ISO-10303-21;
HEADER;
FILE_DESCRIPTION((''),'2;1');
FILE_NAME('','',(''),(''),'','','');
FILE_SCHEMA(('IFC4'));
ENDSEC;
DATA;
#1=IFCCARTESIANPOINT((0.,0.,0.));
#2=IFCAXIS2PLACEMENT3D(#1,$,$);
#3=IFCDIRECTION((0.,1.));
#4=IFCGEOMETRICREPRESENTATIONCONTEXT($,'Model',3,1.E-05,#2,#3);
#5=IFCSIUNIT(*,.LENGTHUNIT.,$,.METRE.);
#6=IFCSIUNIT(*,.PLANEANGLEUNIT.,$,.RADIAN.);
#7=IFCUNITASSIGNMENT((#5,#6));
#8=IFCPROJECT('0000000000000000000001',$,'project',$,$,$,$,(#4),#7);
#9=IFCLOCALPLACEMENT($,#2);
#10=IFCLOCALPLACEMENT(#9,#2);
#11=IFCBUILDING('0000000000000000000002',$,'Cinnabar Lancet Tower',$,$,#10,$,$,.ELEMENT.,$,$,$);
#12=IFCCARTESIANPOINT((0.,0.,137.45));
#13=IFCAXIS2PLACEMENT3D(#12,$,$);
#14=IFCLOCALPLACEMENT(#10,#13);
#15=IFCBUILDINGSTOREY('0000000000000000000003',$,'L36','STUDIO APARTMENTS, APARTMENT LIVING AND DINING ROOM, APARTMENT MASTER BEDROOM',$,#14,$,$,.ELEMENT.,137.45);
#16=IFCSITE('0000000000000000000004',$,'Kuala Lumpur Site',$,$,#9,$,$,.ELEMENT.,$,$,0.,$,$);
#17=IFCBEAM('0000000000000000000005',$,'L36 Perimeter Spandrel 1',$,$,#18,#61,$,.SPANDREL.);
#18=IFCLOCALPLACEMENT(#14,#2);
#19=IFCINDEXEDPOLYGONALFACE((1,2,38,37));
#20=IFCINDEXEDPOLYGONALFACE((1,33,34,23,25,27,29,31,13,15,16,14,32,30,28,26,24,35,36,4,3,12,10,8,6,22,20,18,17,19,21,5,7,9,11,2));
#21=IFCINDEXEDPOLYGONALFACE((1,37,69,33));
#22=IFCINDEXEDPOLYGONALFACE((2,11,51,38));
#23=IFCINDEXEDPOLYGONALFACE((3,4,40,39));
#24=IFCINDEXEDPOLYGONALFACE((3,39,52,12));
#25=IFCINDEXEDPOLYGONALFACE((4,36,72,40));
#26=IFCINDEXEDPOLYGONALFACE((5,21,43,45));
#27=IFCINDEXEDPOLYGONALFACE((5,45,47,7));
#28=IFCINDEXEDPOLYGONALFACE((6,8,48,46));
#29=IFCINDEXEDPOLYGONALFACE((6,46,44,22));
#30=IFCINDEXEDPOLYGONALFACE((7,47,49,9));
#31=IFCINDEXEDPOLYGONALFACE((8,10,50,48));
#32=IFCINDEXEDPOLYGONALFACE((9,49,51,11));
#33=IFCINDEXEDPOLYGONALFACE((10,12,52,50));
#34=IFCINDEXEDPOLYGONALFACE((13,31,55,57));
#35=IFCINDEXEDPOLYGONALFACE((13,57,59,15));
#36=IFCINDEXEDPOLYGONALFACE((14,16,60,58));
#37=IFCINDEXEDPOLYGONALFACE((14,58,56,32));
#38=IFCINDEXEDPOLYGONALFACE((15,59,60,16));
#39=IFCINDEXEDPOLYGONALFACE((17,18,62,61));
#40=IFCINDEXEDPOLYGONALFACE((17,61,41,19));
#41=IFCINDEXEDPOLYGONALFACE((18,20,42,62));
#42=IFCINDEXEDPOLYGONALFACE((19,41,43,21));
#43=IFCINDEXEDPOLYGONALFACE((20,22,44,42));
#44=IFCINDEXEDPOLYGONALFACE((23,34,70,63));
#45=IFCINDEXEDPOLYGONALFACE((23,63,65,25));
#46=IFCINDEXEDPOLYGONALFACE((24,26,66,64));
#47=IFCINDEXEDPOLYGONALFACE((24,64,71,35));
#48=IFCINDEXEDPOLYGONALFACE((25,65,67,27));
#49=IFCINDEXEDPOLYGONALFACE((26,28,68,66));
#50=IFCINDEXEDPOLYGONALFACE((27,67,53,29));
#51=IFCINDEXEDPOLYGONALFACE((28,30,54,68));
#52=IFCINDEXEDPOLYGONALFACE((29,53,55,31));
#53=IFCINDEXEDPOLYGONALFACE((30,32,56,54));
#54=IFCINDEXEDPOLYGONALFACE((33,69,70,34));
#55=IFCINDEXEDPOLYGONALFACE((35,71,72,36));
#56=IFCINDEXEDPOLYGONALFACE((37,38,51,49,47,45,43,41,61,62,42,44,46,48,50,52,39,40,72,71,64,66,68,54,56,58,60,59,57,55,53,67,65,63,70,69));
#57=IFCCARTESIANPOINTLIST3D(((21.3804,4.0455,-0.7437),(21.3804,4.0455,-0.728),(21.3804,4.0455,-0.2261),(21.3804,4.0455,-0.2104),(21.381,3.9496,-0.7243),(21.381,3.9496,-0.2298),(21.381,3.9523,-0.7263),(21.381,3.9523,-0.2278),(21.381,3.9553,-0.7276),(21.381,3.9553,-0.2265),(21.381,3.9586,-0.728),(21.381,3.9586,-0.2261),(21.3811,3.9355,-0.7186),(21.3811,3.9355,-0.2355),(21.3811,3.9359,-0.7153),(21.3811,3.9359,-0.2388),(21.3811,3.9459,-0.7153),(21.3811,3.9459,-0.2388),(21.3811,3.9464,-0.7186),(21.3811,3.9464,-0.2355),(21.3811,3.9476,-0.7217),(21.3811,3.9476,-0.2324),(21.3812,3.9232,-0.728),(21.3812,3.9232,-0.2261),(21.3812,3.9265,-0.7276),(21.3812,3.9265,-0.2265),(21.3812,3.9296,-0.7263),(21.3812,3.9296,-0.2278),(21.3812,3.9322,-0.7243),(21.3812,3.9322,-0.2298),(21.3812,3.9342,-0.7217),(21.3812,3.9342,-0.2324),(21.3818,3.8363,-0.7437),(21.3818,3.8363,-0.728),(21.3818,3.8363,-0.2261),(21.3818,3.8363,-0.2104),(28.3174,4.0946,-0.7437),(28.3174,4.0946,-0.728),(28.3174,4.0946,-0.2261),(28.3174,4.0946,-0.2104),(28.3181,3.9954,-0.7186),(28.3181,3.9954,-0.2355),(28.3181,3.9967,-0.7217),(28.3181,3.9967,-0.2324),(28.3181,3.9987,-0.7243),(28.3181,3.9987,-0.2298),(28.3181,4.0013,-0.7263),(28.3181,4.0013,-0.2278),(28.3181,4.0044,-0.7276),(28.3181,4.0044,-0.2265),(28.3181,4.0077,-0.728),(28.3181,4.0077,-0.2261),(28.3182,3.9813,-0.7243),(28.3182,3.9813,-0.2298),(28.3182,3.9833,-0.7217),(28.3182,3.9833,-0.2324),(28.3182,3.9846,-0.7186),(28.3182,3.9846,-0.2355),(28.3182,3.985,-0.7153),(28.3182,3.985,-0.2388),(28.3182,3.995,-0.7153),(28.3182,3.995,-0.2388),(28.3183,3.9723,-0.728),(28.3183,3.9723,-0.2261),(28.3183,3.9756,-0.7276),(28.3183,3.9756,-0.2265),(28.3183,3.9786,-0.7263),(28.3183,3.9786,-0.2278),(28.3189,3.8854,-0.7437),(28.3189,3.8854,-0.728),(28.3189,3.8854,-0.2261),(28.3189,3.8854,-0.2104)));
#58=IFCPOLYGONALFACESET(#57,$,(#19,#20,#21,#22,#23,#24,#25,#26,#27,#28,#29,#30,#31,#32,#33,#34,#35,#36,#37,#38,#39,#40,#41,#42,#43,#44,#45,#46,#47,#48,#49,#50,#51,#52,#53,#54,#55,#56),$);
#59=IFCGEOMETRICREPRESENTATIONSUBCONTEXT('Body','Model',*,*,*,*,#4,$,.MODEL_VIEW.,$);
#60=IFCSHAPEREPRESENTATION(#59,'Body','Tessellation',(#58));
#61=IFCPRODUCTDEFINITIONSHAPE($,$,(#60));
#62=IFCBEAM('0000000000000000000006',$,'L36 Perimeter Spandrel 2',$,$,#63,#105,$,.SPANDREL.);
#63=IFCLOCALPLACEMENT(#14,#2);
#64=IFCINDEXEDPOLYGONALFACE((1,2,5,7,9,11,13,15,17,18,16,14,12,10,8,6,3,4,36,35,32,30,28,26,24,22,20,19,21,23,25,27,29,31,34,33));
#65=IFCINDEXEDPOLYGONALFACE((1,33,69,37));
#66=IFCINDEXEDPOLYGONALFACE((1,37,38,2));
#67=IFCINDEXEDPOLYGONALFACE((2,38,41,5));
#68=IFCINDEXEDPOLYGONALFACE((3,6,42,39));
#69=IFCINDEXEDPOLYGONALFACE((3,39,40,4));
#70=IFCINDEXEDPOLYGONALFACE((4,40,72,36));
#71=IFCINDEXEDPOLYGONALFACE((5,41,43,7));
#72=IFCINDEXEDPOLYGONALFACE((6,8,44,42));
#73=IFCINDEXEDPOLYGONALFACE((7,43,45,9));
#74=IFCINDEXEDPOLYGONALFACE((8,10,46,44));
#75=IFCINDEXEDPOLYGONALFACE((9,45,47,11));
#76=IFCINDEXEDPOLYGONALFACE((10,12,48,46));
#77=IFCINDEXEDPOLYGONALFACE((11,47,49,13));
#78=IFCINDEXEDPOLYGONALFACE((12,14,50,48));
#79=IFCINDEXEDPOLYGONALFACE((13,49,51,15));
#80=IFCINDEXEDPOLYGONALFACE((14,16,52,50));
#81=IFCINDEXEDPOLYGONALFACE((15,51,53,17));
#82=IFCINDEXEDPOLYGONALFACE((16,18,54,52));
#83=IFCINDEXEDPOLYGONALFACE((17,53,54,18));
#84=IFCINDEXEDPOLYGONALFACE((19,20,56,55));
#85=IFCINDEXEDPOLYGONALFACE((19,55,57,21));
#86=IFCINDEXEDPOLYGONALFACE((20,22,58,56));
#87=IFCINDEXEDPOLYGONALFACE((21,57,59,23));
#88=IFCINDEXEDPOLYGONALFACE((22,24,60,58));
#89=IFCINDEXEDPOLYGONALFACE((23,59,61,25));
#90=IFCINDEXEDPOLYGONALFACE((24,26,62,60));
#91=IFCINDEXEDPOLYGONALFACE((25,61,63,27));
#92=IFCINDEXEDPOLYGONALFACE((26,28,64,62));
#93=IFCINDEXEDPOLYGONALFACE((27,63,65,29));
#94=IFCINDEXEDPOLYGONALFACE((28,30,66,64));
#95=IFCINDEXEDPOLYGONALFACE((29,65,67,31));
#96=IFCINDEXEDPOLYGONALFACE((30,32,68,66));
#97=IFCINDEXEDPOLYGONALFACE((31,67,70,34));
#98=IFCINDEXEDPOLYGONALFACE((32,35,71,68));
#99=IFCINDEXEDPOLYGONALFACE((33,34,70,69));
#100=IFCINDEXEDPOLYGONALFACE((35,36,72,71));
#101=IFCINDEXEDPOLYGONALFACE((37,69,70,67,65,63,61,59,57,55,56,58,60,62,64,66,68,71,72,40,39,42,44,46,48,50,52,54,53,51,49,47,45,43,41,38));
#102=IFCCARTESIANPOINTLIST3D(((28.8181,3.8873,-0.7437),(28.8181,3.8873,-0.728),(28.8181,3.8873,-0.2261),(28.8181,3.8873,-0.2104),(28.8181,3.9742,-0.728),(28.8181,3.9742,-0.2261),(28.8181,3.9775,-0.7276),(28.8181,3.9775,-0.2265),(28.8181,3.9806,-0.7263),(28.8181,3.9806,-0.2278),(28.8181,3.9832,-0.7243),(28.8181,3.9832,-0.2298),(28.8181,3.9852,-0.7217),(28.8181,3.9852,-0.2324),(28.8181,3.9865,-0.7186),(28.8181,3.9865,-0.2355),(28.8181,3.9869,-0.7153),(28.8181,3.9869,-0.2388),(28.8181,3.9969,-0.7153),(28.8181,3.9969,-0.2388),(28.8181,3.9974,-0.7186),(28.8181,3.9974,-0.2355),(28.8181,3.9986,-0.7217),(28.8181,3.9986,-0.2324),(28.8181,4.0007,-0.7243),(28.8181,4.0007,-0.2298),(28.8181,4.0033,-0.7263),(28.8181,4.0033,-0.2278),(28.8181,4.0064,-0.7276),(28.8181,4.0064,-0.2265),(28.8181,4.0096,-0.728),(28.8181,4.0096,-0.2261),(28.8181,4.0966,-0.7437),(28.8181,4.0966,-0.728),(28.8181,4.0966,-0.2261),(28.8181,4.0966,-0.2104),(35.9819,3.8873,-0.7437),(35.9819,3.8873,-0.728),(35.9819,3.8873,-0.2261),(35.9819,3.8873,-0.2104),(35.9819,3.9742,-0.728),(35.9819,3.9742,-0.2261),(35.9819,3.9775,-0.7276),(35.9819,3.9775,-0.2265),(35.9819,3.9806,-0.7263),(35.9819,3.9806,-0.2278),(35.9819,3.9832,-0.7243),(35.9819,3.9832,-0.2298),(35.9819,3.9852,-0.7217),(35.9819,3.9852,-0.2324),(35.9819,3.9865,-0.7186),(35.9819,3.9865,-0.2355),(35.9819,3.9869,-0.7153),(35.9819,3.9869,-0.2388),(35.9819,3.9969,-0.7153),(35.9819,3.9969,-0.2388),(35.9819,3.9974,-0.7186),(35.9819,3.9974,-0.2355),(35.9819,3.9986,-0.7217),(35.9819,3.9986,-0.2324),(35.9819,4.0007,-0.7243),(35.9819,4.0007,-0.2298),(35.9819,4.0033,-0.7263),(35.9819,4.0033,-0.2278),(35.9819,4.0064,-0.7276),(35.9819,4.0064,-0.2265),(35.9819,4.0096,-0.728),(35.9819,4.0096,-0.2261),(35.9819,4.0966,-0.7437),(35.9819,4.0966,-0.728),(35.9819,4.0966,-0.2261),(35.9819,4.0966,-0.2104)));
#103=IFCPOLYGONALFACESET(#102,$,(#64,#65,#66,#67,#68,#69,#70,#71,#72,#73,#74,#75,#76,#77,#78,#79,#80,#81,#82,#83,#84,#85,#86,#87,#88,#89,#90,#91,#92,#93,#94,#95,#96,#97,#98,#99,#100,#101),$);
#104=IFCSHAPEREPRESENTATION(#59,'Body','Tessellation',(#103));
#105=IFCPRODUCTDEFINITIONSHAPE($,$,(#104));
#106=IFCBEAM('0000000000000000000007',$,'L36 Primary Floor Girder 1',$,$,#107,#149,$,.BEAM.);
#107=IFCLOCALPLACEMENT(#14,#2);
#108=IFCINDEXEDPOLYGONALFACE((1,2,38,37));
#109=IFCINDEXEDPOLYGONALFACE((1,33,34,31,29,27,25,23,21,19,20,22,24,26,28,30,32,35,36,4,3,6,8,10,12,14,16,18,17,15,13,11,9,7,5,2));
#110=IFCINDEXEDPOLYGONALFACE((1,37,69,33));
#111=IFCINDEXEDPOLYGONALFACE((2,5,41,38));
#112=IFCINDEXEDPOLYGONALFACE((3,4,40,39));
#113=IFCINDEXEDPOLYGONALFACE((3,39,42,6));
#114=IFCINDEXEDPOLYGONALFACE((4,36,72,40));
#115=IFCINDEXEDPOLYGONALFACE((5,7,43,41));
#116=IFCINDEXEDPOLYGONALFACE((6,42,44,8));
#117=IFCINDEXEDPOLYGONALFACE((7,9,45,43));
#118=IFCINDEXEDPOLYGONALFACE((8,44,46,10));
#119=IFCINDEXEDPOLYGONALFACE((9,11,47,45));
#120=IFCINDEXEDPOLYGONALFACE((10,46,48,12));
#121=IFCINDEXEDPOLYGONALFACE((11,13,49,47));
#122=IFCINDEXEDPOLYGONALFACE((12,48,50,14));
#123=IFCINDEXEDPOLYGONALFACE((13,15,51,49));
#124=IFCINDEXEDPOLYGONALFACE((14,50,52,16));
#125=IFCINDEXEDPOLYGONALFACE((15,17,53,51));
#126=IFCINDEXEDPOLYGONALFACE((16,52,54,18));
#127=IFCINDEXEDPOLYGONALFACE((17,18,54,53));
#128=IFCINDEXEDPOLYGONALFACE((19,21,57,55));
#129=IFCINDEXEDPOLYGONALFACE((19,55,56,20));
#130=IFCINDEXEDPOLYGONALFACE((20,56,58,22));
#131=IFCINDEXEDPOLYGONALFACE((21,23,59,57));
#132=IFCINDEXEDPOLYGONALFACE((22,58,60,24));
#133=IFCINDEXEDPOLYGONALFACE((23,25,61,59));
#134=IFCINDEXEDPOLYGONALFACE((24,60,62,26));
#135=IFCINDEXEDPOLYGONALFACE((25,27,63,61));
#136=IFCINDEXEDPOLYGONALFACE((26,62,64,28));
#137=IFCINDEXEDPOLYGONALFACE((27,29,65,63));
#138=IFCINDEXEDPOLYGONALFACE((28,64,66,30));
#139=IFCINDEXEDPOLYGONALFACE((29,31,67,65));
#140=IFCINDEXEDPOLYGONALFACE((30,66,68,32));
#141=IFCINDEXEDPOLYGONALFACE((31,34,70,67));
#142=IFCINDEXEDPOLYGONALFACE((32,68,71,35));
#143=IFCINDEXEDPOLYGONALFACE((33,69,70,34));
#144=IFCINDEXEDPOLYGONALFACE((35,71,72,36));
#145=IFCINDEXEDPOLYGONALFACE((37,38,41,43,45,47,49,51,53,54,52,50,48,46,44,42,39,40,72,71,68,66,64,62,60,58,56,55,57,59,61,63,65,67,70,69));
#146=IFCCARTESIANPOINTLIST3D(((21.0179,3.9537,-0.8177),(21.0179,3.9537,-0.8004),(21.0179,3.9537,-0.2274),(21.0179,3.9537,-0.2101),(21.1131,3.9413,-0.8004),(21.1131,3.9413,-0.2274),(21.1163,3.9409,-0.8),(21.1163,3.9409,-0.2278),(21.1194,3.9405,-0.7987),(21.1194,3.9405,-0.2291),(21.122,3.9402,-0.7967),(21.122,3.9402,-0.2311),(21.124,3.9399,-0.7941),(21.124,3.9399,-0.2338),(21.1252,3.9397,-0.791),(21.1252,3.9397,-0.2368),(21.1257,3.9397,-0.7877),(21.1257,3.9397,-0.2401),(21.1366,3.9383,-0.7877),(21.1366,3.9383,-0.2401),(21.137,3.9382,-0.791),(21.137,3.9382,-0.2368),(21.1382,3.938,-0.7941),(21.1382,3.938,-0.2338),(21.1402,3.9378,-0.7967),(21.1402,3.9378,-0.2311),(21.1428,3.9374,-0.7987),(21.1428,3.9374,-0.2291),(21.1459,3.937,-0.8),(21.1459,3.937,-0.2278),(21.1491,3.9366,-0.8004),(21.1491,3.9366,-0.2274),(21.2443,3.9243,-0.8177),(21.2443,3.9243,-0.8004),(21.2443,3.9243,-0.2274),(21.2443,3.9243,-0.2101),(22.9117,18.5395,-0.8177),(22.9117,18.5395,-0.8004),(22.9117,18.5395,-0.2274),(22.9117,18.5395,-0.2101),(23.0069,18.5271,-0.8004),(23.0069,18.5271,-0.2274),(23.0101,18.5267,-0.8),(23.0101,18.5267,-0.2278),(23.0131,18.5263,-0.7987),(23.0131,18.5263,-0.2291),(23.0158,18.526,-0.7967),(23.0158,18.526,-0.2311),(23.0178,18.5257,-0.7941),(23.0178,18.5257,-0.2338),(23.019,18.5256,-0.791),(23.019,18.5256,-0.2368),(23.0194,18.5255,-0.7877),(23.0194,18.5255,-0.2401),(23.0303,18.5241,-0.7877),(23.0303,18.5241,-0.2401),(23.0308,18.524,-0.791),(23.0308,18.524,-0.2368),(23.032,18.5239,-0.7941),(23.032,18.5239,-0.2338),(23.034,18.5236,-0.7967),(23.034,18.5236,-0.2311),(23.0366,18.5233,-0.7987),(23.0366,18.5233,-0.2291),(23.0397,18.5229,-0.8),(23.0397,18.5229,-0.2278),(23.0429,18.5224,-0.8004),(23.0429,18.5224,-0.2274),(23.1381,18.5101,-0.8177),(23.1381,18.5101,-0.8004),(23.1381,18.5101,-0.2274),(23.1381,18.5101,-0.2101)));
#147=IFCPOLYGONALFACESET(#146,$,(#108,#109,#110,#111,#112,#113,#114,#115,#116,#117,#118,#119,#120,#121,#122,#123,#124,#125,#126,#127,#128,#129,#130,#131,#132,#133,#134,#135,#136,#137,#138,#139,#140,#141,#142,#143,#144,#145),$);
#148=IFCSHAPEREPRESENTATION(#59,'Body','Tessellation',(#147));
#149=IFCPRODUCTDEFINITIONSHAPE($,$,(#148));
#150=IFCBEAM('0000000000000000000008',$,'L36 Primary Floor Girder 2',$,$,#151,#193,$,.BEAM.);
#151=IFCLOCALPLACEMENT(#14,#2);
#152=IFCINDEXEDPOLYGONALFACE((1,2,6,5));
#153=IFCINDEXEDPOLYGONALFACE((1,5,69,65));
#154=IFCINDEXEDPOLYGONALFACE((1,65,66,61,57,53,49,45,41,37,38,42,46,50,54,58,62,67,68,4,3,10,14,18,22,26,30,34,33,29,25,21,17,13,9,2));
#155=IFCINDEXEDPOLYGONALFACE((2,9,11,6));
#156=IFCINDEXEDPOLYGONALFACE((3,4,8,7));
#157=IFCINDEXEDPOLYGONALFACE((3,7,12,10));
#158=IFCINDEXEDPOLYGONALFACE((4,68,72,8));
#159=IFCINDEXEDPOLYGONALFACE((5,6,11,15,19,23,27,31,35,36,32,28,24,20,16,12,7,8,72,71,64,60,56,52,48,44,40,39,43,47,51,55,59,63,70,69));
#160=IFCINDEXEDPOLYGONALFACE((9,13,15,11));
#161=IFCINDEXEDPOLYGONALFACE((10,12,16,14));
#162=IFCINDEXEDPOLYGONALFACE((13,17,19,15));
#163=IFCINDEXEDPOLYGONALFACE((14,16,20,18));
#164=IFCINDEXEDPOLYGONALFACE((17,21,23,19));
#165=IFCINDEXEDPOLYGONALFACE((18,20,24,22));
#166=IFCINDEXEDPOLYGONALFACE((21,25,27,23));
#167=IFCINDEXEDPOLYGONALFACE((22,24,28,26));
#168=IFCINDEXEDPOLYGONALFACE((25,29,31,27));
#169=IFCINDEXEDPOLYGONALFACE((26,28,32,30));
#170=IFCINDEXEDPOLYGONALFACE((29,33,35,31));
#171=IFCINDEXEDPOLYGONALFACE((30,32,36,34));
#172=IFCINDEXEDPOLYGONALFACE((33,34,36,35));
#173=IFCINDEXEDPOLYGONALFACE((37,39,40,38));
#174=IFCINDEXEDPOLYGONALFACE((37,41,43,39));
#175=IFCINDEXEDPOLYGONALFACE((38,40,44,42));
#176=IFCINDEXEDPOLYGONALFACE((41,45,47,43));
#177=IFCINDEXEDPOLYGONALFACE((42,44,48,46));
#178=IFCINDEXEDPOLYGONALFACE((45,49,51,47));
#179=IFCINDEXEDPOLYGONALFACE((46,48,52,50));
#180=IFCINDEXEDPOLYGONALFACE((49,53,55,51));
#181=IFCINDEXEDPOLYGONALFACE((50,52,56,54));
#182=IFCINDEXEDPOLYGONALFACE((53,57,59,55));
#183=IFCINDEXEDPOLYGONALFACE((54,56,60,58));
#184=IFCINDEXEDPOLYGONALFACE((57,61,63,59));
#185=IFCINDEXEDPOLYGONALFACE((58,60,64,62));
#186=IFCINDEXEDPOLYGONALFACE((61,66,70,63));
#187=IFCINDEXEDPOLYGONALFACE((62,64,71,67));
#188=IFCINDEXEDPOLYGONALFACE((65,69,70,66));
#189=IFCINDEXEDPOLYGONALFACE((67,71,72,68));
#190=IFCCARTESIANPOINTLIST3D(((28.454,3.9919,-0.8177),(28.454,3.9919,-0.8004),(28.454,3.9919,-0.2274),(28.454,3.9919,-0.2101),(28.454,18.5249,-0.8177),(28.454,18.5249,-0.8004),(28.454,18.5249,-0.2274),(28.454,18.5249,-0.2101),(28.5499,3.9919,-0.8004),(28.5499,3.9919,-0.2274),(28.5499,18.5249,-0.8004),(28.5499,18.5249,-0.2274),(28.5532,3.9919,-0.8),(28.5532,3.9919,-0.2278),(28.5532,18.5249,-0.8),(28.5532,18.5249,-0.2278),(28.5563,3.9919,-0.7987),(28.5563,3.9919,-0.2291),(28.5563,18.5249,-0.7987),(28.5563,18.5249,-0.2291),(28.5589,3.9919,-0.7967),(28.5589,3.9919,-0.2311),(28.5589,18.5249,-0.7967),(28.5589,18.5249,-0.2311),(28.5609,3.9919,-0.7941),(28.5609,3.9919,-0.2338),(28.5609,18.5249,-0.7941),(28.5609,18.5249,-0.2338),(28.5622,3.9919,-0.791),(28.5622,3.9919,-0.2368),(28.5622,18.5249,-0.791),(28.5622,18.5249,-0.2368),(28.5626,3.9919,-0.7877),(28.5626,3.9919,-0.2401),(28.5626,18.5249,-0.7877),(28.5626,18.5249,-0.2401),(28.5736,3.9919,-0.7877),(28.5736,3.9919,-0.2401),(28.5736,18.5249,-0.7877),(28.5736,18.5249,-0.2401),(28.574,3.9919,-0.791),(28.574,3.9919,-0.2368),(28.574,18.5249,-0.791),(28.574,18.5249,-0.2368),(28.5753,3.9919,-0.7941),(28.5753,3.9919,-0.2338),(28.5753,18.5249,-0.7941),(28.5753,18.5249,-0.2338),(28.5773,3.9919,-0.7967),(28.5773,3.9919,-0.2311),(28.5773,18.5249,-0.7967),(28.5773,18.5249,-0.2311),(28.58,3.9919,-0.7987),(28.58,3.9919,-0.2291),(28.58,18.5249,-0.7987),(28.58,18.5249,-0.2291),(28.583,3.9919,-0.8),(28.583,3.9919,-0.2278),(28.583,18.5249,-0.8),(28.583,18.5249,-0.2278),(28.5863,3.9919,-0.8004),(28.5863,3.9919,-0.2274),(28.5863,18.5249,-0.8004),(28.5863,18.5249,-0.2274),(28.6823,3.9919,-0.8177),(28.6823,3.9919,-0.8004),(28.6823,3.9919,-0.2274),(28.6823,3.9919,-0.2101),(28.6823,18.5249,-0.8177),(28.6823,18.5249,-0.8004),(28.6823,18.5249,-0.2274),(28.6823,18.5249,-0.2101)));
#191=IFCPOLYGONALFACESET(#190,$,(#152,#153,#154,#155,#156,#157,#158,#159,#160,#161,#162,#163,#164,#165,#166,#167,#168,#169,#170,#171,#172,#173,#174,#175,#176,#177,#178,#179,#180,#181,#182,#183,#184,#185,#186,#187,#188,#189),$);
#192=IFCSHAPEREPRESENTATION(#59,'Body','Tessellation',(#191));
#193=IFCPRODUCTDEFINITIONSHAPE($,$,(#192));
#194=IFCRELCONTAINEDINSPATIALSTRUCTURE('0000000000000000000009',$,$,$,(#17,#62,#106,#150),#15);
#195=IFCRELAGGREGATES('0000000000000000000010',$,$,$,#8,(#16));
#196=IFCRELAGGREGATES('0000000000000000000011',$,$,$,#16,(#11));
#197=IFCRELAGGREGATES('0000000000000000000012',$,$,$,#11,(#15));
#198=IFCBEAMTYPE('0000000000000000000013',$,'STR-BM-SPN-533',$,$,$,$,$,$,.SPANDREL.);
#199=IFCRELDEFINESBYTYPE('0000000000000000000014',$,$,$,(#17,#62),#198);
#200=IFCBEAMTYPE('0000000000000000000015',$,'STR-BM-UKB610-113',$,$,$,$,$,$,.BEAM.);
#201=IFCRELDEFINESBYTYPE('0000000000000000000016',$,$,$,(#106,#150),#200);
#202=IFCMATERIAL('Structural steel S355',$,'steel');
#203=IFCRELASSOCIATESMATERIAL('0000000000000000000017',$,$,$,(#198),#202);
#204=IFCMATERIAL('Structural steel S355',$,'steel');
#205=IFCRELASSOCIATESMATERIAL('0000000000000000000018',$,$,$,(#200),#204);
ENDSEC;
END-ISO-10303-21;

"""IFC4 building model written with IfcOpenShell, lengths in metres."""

from ifc_helpers import new_model, si_unit, direction, frame, origin, origin_2d, place, context, subcontext, project, spatial, i_section, extrude, material, material_profile, profile_set, type_object, element, save


model = new_model("IFC4")

# Units and contexts
model_context = context("Model", 3, precision=1e-05, world=origin(), true_north=direction((0.0, 1.0)))
body_context = subcontext(model_context, "Body", "Model", "MODEL_VIEW")
ifc_project = project(units=[si_unit("LENGTHUNIT", "METRE"), si_unit("PLANEANGLEUNIT", "RADIAN")], contexts=[model_context])

# Site, building, storey
site_placement = place(None, origin())
site = spatial("IfcSite", under=ifc_project, at=site_placement, Name="Kuala Lumpur Site", CompositionType="ELEMENT", RefElevation=0.0)
building_placement = place(site_placement, origin())
building = spatial("IfcBuilding", under=site, at=building_placement, Name="Cinnabar Lancet Tower", CompositionType="ELEMENT")
storey_placement = place(building_placement, frame((0.0, 0.0, 137.45)))
storey = spatial("IfcBuildingStorey", under=building, at=storey_placement, Name="L36", Description="STUDIO APARTMENTS, APARTMENT LIVING AND DINING ROOM, APARTMENT MASTER BEDROOM", CompositionType="ELEMENT", Elevation=137.45)

# Beams
ifc_material_1 = material(Name="Structural steel S355", Category="steel")
ifc_material_profile_1 = material_profile(ifc_material_1, i_section(OverallWidth=0.2092, OverallDepth=0.5332, WebThickness=0.01, FlangeThickness=0.0156, FilletRadius=0.0127, at=origin_2d()), Name="UKB 533x210x92")
ifc_profile_set_1 = profile_set([ifc_material_profile_1], Name="Structural steel S355")
beam_type_1 = type_object("IfcBeamType", Name="STR-BM-SPN-533", PredefinedType="SPANDREL", material=ifc_profile_set_1)
beam_1_placement = place(storey_placement, frame((21.3811, 3.9409, -0.4771), z_axis=(0.999975, 0.007074, 0.0), x_axis=(-0.007074, 0.999975, 0.0)))
element("IfcBeam", 1, at=beam_1_placement, inside=storey, type_object=beam_type_1, Name="L36 Perimeter Spandrel 1", PredefinedType="SPANDREL", context=body_context, shape_type="SweptSolid", body=[
    extrude(i_section(OverallWidth=0.2092, OverallDepth=0.5332, WebThickness=0.01, FlangeThickness=0.0156, FilletRadius=0.0127, at=origin_2d()), origin(), (0.0, 0.0, 1.0), 6.9373),
])
beam_2_placement = place(storey_placement, frame((28.8181, 3.9919, -0.4771), z_axis=(1.0, 0.0, 0.0), x_axis=(0.0, 1.0, 0.0)))
element("IfcBeam", 2, at=beam_2_placement, inside=storey, type_object=beam_type_1, Name="L36 Perimeter Spandrel 2", PredefinedType="SPANDREL", context=body_context, shape_type="SweptSolid", body=[
    extrude(i_section(OverallWidth=0.2092, OverallDepth=0.5332, WebThickness=0.01, FlangeThickness=0.0156, FilletRadius=0.0127, at=origin_2d()), origin(), (0.0, 0.0, 1.0), 7.1638),
])
ifc_material_2 = material(Name="Structural steel S355", Category="steel")
ifc_material_profile_2 = material_profile(ifc_material_2, i_section(OverallWidth=0.2283, OverallDepth=0.6077, WebThickness=0.011, FlangeThickness=0.0173, FilletRadius=0.0127, at=origin_2d()), Name="UKB 610x229x113")
ifc_profile_set_2 = profile_set([ifc_material_profile_2], Name="Structural steel S355")
beam_type_2 = type_object("IfcBeamType", Name="STR-BM-UKB610-113", PredefinedType="BEAM", material=ifc_profile_set_2)
beam_3_placement = place(storey_placement, frame((21.1311, 3.939, -0.5139), z_axis=(0.128757, 0.991676, 0.0), x_axis=(-0.991676, 0.128757, 0.0)))
element("IfcBeam", 3, at=beam_3_placement, inside=storey, type_object=beam_type_2, Name="L36 Primary Floor Girder 1", PredefinedType="BEAM", context=body_context, shape_type="SweptSolid", body=[
    extrude(i_section(OverallWidth=0.2283, OverallDepth=0.6077, WebThickness=0.011, FlangeThickness=0.0173, FilletRadius=0.0127, at=origin_2d()), origin(), (0.0, 0.0, 1.0), 14.7083),
])
beam_4_placement = place(storey_placement, frame((28.5681, 3.9919, -0.5139), z_axis=(0.0, 1.0, 0.0), x_axis=(-1.0, 0.0, 0.0)))
element("IfcBeam", 4, at=beam_4_placement, inside=storey, type_object=beam_type_2, Name="L36 Primary Floor Girder 2", PredefinedType="BEAM", context=body_context, shape_type="SweptSolid", body=[
    extrude(i_section(OverallWidth=0.2283, OverallDepth=0.6077, WebThickness=0.011, FlangeThickness=0.0173, FilletRadius=0.0127, at=origin_2d()), origin(), (0.0, 0.0, 1.0), 14.533),
])

save(model, "model.ifc")
